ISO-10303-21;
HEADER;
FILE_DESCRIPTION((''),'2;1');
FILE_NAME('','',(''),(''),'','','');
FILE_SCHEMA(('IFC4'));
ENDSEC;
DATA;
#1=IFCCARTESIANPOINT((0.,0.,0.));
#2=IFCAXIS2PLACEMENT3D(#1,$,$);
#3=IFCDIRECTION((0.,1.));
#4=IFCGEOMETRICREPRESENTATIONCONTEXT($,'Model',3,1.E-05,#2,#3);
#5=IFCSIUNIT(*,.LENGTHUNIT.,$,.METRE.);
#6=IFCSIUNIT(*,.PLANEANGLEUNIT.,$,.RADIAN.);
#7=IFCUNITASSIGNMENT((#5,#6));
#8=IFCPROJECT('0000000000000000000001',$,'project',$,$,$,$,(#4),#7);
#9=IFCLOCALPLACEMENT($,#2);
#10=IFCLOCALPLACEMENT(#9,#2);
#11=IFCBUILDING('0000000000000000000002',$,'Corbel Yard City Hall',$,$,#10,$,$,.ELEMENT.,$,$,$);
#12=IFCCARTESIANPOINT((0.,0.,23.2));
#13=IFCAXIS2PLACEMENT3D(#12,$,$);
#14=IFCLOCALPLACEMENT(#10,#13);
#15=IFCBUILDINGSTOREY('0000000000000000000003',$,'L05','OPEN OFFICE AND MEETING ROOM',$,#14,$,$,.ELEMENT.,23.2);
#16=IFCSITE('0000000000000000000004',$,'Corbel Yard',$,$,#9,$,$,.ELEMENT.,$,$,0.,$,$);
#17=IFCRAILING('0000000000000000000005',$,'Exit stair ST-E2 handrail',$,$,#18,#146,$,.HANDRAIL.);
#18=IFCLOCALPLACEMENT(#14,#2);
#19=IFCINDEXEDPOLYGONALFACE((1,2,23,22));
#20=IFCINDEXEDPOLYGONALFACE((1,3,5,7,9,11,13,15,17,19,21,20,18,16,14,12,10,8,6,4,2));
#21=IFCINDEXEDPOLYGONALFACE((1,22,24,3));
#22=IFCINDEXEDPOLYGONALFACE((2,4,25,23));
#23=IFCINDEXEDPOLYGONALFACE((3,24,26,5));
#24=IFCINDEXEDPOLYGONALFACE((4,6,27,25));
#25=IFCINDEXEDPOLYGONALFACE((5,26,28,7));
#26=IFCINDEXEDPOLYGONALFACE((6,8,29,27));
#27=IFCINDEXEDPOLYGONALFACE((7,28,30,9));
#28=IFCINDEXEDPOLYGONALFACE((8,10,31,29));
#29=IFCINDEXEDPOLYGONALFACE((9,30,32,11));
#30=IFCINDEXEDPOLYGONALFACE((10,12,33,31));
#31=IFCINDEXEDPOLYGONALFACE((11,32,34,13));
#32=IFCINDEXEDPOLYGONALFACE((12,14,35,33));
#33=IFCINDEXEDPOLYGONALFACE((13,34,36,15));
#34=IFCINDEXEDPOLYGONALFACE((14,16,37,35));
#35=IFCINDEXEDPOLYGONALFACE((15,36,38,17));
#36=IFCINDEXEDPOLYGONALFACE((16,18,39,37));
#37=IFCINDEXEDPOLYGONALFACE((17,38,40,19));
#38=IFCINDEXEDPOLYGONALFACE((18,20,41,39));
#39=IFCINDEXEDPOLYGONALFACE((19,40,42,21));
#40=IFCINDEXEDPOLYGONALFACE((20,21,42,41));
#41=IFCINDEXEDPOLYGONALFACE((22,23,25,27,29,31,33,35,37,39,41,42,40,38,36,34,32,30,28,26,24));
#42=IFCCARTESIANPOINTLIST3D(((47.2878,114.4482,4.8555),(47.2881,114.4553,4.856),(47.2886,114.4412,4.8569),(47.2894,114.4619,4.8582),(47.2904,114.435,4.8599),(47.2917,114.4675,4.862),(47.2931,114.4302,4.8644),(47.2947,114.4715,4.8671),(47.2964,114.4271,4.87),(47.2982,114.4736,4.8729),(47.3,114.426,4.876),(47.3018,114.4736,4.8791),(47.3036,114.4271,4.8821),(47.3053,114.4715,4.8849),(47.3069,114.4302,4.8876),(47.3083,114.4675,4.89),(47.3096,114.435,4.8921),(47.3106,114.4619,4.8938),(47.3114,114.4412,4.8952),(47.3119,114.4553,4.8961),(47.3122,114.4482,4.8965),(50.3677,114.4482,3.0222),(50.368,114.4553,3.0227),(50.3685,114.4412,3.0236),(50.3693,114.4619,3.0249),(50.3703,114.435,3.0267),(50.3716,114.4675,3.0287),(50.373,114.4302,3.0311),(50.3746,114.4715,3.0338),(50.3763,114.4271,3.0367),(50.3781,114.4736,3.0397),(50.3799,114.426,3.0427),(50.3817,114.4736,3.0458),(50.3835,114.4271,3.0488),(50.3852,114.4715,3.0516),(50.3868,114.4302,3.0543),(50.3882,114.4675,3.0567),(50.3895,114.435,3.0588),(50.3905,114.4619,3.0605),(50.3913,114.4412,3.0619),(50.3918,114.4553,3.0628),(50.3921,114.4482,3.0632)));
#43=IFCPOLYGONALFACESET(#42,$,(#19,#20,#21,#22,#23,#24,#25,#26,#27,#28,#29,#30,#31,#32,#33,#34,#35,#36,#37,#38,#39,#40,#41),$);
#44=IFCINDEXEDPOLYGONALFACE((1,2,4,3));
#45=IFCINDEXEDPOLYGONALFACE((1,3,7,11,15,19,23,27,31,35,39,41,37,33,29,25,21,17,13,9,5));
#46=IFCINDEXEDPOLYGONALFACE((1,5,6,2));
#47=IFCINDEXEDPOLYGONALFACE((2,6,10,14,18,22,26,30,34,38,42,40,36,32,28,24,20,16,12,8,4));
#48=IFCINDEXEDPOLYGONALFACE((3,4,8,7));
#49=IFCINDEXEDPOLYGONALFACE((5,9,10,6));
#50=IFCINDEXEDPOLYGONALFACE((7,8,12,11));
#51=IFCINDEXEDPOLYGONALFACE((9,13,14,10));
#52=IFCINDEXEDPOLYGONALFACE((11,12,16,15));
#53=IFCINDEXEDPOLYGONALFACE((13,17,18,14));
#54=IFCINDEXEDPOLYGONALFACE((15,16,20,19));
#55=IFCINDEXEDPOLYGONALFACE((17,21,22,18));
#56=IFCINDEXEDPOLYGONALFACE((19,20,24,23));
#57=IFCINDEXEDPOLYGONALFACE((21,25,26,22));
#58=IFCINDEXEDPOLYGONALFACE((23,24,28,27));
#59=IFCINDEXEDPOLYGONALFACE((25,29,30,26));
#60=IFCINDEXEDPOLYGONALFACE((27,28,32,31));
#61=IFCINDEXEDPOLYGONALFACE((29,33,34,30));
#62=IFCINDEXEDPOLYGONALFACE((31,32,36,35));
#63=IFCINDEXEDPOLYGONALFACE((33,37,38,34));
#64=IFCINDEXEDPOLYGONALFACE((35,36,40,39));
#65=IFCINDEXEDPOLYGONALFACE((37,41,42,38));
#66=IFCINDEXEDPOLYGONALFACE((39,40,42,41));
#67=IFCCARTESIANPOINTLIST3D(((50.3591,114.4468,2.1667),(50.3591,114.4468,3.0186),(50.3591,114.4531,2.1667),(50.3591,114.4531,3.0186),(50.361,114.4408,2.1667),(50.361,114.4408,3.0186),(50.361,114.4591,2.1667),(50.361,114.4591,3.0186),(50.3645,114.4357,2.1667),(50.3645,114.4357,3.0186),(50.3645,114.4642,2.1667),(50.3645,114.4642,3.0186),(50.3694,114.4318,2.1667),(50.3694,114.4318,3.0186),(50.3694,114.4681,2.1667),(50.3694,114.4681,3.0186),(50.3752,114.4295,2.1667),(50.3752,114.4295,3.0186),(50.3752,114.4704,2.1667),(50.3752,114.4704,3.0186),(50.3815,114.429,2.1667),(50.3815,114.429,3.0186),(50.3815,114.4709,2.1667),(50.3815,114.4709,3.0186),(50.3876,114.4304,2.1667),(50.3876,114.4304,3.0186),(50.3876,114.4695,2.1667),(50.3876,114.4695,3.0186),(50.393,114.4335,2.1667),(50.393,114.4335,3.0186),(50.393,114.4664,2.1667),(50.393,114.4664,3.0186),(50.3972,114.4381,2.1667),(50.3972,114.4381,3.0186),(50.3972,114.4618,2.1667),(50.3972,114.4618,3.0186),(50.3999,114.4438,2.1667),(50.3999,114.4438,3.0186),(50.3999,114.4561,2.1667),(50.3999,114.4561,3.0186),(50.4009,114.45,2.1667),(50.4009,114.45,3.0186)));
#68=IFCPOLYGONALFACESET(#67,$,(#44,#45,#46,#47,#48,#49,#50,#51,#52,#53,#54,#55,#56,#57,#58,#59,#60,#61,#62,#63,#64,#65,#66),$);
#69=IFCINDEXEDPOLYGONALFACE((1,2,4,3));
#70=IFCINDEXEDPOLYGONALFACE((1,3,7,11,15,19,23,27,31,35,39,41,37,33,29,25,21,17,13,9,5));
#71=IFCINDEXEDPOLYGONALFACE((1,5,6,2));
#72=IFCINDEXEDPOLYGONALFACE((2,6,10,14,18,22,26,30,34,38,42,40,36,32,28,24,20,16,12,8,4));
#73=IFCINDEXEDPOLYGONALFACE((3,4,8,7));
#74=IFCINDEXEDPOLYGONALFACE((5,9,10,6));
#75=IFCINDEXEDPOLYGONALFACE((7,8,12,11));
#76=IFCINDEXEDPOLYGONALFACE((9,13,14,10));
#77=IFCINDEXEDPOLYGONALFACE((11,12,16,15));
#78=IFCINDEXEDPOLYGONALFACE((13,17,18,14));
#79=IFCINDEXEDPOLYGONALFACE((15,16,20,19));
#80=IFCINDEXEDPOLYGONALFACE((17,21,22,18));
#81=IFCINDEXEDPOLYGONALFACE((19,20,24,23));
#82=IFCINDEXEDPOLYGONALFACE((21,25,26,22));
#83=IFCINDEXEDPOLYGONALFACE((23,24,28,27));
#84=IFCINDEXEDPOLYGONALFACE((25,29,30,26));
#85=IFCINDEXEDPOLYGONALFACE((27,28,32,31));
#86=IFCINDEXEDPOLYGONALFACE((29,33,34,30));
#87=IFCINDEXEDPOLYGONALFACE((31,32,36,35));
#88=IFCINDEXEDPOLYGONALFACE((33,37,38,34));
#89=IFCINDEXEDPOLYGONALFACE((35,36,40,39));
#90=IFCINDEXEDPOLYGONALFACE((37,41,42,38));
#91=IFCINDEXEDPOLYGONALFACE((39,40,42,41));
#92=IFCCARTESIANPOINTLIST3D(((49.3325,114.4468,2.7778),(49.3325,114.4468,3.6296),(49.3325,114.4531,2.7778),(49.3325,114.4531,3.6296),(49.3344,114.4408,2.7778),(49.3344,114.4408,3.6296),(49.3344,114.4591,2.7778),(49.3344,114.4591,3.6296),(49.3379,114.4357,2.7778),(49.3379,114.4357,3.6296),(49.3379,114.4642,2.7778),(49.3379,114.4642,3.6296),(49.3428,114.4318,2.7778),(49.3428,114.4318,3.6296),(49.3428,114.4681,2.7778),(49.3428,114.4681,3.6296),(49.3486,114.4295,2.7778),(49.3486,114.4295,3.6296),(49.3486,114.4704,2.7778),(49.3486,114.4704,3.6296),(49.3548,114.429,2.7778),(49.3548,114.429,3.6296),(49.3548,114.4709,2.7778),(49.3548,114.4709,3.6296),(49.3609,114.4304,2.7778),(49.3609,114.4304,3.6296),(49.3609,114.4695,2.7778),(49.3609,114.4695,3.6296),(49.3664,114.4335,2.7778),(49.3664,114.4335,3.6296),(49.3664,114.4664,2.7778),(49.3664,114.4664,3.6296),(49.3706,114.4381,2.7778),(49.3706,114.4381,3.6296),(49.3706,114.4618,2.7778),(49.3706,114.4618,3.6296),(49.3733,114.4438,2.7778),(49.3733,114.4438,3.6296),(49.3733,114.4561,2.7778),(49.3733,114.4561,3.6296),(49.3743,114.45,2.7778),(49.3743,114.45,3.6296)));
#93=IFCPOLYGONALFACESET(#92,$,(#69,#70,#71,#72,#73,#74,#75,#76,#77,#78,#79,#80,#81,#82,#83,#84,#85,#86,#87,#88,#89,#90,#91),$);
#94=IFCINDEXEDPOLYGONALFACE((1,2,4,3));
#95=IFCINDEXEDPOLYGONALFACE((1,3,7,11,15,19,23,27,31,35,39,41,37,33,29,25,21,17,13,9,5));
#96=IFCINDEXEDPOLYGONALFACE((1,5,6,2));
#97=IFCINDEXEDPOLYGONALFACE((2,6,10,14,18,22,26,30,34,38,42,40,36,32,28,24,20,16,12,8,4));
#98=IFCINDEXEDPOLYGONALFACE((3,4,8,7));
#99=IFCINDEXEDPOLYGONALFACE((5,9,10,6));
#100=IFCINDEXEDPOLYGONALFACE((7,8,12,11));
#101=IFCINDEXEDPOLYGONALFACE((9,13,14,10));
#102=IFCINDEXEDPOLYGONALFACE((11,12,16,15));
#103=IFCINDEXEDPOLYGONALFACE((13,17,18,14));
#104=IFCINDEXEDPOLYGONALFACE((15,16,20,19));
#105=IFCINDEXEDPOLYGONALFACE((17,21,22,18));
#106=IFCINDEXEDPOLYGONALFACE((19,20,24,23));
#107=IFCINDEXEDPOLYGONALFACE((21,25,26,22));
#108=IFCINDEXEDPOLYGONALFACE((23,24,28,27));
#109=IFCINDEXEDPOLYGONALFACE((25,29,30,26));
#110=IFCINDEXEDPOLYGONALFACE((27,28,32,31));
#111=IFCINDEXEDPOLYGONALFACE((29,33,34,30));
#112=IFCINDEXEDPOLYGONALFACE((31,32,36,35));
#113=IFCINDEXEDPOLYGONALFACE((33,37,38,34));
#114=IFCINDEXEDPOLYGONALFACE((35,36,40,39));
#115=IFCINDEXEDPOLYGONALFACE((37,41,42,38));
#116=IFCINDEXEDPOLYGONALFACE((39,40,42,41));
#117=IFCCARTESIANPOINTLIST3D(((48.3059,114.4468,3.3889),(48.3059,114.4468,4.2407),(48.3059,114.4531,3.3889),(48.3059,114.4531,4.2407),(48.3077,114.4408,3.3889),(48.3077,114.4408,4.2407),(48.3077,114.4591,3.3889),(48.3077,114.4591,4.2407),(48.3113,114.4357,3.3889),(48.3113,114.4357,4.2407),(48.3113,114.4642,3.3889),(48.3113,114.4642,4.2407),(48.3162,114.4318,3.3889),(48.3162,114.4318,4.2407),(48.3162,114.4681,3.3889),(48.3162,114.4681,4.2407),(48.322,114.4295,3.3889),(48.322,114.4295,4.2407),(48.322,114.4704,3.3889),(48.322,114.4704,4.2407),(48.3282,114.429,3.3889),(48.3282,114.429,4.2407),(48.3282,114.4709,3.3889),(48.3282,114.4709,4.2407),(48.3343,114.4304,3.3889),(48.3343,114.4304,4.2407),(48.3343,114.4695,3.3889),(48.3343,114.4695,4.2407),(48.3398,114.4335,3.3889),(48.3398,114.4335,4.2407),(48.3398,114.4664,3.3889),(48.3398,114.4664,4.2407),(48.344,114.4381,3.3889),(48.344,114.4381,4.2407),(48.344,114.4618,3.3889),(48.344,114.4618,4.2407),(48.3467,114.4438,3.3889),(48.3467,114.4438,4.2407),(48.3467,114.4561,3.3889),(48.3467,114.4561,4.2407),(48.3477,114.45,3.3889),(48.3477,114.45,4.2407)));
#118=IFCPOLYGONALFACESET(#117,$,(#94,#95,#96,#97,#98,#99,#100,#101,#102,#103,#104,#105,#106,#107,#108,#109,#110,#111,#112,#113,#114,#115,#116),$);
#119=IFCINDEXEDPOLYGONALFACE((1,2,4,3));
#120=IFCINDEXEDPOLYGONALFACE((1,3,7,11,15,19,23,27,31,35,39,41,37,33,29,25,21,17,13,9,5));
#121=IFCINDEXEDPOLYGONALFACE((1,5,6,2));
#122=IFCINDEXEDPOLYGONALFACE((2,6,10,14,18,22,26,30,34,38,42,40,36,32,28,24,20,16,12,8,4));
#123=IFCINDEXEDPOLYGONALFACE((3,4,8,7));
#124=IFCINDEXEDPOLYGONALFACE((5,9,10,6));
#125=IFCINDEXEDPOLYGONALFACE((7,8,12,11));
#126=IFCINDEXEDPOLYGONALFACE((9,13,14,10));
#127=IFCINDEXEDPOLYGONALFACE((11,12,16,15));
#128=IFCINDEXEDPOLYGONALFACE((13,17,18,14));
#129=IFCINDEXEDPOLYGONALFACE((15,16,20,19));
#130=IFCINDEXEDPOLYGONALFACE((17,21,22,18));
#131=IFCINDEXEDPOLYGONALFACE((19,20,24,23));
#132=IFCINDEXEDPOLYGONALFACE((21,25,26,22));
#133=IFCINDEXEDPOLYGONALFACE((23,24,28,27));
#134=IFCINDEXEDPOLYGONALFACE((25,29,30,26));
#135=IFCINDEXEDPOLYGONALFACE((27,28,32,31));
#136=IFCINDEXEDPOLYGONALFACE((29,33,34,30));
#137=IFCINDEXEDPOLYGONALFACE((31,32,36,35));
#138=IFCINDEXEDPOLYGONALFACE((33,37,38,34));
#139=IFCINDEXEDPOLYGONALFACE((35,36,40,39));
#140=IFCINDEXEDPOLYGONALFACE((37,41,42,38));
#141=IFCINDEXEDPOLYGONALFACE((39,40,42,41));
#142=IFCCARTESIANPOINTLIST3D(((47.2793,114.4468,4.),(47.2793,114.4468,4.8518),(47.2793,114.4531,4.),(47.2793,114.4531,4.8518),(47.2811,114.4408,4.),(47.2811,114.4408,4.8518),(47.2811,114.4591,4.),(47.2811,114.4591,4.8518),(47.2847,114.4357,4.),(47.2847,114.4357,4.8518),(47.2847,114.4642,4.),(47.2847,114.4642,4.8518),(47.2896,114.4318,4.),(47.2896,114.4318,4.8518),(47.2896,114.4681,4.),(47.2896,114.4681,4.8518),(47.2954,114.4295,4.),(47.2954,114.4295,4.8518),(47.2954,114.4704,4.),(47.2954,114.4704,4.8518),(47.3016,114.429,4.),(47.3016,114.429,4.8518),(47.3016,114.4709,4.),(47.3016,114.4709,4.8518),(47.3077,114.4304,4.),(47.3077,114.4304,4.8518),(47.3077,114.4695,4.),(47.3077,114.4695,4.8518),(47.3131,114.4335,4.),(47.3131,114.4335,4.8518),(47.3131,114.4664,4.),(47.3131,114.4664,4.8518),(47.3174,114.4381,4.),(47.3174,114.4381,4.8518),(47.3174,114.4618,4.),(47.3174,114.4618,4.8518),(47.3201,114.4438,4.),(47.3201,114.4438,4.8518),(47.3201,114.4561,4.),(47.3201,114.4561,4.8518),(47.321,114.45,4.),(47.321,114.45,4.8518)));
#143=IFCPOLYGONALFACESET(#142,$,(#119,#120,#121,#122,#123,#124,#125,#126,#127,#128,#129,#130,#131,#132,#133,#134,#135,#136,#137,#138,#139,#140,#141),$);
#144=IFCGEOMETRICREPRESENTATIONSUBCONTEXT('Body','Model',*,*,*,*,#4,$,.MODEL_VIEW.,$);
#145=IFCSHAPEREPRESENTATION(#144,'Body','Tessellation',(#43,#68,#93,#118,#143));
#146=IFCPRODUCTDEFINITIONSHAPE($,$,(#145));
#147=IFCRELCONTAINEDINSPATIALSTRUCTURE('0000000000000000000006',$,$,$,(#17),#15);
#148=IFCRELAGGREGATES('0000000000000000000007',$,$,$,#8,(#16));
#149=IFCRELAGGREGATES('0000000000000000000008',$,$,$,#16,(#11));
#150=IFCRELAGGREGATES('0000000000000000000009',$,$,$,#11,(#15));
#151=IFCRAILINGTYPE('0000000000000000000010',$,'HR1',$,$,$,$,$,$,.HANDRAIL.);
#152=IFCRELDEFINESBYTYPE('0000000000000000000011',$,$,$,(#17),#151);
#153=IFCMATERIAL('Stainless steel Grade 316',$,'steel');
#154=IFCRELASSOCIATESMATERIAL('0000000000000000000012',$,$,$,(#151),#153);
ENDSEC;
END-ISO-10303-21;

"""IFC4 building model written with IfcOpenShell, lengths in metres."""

from ifc_helpers import new_model, si_unit, direction, frame, origin, origin_2d, place, context, subcontext, project, spatial, circle, extrude, material, type_object, element, save


model = new_model("IFC4")

# Units and contexts
model_context = context("Model", 3, precision=1e-05, world=origin(), true_north=direction((0.0, 1.0)))
body_context = subcontext(model_context, "Body", "Model", "MODEL_VIEW")
ifc_project = project(units=[si_unit("LENGTHUNIT", "METRE"), si_unit("PLANEANGLEUNIT", "RADIAN")], contexts=[model_context])

# Site, building, storey
site_placement = place(None, origin())
site = spatial("IfcSite", under=ifc_project, at=site_placement, Name="Corbel Yard", CompositionType="ELEMENT", RefElevation=0.0)
building_placement = place(site_placement, origin())
building = spatial("IfcBuilding", under=site, at=building_placement, Name="Corbel Yard City Hall", CompositionType="ELEMENT")
storey_placement = place(building_placement, frame((0.0, 0.0, 23.2)))
storey = spatial("IfcBuildingStorey", under=building, at=storey_placement, Name="L05", Description="OPEN OFFICE AND MEETING ROOM", CompositionType="ELEMENT", Elevation=23.2)

# Shared definitions
ifc_material_1 = material(Name="Stainless steel Grade 316", Category="steel")

# Railing
railing_type = type_object("IfcRailingType", Name="HR1", PredefinedType="HANDRAIL", material=ifc_material_1)
for number, where, name in (
    (1, (50.3799, 114.45, 2.1667), "Exit stair ST-E2 handrail"),
):
    element("IfcRailing", number, at=place(storey_placement, frame(where)), inside=storey, type_object=railing_type, Name=name, PredefinedType="HANDRAIL", context=body_context, shape_type="SweptSolid", body=[
        extrude(circle(Radius=0.0239, at=origin_2d()), frame((0.0, 0.0, 0.876), z_axis=(-0.859291, 0.0, 0.511487), x_axis=(0.0, -1.0, 0.0)), (0.0, 0.0, 1.0), 3.5842),
        extrude(circle(Radius=0.021, at=origin_2d()), origin(), (0.0, 0.0, 1.0), 0.8518),
        extrude(circle(Radius=0.021, at=origin_2d()), frame((-1.0266, 0.0, 0.6111)), (0.0, 0.0, 1.0), 0.8518),
        extrude(circle(Radius=0.021, at=origin_2d()), frame((-2.0532, 0.0, 1.2222)), (0.0, 0.0, 1.0), 0.8518),
        extrude(circle(Radius=0.021, at=origin_2d()), frame((-3.0798, 0.0, 1.8333)), (0.0, 0.0, 1.0), 0.8518),
    ])

save(model, "model.ifc")
